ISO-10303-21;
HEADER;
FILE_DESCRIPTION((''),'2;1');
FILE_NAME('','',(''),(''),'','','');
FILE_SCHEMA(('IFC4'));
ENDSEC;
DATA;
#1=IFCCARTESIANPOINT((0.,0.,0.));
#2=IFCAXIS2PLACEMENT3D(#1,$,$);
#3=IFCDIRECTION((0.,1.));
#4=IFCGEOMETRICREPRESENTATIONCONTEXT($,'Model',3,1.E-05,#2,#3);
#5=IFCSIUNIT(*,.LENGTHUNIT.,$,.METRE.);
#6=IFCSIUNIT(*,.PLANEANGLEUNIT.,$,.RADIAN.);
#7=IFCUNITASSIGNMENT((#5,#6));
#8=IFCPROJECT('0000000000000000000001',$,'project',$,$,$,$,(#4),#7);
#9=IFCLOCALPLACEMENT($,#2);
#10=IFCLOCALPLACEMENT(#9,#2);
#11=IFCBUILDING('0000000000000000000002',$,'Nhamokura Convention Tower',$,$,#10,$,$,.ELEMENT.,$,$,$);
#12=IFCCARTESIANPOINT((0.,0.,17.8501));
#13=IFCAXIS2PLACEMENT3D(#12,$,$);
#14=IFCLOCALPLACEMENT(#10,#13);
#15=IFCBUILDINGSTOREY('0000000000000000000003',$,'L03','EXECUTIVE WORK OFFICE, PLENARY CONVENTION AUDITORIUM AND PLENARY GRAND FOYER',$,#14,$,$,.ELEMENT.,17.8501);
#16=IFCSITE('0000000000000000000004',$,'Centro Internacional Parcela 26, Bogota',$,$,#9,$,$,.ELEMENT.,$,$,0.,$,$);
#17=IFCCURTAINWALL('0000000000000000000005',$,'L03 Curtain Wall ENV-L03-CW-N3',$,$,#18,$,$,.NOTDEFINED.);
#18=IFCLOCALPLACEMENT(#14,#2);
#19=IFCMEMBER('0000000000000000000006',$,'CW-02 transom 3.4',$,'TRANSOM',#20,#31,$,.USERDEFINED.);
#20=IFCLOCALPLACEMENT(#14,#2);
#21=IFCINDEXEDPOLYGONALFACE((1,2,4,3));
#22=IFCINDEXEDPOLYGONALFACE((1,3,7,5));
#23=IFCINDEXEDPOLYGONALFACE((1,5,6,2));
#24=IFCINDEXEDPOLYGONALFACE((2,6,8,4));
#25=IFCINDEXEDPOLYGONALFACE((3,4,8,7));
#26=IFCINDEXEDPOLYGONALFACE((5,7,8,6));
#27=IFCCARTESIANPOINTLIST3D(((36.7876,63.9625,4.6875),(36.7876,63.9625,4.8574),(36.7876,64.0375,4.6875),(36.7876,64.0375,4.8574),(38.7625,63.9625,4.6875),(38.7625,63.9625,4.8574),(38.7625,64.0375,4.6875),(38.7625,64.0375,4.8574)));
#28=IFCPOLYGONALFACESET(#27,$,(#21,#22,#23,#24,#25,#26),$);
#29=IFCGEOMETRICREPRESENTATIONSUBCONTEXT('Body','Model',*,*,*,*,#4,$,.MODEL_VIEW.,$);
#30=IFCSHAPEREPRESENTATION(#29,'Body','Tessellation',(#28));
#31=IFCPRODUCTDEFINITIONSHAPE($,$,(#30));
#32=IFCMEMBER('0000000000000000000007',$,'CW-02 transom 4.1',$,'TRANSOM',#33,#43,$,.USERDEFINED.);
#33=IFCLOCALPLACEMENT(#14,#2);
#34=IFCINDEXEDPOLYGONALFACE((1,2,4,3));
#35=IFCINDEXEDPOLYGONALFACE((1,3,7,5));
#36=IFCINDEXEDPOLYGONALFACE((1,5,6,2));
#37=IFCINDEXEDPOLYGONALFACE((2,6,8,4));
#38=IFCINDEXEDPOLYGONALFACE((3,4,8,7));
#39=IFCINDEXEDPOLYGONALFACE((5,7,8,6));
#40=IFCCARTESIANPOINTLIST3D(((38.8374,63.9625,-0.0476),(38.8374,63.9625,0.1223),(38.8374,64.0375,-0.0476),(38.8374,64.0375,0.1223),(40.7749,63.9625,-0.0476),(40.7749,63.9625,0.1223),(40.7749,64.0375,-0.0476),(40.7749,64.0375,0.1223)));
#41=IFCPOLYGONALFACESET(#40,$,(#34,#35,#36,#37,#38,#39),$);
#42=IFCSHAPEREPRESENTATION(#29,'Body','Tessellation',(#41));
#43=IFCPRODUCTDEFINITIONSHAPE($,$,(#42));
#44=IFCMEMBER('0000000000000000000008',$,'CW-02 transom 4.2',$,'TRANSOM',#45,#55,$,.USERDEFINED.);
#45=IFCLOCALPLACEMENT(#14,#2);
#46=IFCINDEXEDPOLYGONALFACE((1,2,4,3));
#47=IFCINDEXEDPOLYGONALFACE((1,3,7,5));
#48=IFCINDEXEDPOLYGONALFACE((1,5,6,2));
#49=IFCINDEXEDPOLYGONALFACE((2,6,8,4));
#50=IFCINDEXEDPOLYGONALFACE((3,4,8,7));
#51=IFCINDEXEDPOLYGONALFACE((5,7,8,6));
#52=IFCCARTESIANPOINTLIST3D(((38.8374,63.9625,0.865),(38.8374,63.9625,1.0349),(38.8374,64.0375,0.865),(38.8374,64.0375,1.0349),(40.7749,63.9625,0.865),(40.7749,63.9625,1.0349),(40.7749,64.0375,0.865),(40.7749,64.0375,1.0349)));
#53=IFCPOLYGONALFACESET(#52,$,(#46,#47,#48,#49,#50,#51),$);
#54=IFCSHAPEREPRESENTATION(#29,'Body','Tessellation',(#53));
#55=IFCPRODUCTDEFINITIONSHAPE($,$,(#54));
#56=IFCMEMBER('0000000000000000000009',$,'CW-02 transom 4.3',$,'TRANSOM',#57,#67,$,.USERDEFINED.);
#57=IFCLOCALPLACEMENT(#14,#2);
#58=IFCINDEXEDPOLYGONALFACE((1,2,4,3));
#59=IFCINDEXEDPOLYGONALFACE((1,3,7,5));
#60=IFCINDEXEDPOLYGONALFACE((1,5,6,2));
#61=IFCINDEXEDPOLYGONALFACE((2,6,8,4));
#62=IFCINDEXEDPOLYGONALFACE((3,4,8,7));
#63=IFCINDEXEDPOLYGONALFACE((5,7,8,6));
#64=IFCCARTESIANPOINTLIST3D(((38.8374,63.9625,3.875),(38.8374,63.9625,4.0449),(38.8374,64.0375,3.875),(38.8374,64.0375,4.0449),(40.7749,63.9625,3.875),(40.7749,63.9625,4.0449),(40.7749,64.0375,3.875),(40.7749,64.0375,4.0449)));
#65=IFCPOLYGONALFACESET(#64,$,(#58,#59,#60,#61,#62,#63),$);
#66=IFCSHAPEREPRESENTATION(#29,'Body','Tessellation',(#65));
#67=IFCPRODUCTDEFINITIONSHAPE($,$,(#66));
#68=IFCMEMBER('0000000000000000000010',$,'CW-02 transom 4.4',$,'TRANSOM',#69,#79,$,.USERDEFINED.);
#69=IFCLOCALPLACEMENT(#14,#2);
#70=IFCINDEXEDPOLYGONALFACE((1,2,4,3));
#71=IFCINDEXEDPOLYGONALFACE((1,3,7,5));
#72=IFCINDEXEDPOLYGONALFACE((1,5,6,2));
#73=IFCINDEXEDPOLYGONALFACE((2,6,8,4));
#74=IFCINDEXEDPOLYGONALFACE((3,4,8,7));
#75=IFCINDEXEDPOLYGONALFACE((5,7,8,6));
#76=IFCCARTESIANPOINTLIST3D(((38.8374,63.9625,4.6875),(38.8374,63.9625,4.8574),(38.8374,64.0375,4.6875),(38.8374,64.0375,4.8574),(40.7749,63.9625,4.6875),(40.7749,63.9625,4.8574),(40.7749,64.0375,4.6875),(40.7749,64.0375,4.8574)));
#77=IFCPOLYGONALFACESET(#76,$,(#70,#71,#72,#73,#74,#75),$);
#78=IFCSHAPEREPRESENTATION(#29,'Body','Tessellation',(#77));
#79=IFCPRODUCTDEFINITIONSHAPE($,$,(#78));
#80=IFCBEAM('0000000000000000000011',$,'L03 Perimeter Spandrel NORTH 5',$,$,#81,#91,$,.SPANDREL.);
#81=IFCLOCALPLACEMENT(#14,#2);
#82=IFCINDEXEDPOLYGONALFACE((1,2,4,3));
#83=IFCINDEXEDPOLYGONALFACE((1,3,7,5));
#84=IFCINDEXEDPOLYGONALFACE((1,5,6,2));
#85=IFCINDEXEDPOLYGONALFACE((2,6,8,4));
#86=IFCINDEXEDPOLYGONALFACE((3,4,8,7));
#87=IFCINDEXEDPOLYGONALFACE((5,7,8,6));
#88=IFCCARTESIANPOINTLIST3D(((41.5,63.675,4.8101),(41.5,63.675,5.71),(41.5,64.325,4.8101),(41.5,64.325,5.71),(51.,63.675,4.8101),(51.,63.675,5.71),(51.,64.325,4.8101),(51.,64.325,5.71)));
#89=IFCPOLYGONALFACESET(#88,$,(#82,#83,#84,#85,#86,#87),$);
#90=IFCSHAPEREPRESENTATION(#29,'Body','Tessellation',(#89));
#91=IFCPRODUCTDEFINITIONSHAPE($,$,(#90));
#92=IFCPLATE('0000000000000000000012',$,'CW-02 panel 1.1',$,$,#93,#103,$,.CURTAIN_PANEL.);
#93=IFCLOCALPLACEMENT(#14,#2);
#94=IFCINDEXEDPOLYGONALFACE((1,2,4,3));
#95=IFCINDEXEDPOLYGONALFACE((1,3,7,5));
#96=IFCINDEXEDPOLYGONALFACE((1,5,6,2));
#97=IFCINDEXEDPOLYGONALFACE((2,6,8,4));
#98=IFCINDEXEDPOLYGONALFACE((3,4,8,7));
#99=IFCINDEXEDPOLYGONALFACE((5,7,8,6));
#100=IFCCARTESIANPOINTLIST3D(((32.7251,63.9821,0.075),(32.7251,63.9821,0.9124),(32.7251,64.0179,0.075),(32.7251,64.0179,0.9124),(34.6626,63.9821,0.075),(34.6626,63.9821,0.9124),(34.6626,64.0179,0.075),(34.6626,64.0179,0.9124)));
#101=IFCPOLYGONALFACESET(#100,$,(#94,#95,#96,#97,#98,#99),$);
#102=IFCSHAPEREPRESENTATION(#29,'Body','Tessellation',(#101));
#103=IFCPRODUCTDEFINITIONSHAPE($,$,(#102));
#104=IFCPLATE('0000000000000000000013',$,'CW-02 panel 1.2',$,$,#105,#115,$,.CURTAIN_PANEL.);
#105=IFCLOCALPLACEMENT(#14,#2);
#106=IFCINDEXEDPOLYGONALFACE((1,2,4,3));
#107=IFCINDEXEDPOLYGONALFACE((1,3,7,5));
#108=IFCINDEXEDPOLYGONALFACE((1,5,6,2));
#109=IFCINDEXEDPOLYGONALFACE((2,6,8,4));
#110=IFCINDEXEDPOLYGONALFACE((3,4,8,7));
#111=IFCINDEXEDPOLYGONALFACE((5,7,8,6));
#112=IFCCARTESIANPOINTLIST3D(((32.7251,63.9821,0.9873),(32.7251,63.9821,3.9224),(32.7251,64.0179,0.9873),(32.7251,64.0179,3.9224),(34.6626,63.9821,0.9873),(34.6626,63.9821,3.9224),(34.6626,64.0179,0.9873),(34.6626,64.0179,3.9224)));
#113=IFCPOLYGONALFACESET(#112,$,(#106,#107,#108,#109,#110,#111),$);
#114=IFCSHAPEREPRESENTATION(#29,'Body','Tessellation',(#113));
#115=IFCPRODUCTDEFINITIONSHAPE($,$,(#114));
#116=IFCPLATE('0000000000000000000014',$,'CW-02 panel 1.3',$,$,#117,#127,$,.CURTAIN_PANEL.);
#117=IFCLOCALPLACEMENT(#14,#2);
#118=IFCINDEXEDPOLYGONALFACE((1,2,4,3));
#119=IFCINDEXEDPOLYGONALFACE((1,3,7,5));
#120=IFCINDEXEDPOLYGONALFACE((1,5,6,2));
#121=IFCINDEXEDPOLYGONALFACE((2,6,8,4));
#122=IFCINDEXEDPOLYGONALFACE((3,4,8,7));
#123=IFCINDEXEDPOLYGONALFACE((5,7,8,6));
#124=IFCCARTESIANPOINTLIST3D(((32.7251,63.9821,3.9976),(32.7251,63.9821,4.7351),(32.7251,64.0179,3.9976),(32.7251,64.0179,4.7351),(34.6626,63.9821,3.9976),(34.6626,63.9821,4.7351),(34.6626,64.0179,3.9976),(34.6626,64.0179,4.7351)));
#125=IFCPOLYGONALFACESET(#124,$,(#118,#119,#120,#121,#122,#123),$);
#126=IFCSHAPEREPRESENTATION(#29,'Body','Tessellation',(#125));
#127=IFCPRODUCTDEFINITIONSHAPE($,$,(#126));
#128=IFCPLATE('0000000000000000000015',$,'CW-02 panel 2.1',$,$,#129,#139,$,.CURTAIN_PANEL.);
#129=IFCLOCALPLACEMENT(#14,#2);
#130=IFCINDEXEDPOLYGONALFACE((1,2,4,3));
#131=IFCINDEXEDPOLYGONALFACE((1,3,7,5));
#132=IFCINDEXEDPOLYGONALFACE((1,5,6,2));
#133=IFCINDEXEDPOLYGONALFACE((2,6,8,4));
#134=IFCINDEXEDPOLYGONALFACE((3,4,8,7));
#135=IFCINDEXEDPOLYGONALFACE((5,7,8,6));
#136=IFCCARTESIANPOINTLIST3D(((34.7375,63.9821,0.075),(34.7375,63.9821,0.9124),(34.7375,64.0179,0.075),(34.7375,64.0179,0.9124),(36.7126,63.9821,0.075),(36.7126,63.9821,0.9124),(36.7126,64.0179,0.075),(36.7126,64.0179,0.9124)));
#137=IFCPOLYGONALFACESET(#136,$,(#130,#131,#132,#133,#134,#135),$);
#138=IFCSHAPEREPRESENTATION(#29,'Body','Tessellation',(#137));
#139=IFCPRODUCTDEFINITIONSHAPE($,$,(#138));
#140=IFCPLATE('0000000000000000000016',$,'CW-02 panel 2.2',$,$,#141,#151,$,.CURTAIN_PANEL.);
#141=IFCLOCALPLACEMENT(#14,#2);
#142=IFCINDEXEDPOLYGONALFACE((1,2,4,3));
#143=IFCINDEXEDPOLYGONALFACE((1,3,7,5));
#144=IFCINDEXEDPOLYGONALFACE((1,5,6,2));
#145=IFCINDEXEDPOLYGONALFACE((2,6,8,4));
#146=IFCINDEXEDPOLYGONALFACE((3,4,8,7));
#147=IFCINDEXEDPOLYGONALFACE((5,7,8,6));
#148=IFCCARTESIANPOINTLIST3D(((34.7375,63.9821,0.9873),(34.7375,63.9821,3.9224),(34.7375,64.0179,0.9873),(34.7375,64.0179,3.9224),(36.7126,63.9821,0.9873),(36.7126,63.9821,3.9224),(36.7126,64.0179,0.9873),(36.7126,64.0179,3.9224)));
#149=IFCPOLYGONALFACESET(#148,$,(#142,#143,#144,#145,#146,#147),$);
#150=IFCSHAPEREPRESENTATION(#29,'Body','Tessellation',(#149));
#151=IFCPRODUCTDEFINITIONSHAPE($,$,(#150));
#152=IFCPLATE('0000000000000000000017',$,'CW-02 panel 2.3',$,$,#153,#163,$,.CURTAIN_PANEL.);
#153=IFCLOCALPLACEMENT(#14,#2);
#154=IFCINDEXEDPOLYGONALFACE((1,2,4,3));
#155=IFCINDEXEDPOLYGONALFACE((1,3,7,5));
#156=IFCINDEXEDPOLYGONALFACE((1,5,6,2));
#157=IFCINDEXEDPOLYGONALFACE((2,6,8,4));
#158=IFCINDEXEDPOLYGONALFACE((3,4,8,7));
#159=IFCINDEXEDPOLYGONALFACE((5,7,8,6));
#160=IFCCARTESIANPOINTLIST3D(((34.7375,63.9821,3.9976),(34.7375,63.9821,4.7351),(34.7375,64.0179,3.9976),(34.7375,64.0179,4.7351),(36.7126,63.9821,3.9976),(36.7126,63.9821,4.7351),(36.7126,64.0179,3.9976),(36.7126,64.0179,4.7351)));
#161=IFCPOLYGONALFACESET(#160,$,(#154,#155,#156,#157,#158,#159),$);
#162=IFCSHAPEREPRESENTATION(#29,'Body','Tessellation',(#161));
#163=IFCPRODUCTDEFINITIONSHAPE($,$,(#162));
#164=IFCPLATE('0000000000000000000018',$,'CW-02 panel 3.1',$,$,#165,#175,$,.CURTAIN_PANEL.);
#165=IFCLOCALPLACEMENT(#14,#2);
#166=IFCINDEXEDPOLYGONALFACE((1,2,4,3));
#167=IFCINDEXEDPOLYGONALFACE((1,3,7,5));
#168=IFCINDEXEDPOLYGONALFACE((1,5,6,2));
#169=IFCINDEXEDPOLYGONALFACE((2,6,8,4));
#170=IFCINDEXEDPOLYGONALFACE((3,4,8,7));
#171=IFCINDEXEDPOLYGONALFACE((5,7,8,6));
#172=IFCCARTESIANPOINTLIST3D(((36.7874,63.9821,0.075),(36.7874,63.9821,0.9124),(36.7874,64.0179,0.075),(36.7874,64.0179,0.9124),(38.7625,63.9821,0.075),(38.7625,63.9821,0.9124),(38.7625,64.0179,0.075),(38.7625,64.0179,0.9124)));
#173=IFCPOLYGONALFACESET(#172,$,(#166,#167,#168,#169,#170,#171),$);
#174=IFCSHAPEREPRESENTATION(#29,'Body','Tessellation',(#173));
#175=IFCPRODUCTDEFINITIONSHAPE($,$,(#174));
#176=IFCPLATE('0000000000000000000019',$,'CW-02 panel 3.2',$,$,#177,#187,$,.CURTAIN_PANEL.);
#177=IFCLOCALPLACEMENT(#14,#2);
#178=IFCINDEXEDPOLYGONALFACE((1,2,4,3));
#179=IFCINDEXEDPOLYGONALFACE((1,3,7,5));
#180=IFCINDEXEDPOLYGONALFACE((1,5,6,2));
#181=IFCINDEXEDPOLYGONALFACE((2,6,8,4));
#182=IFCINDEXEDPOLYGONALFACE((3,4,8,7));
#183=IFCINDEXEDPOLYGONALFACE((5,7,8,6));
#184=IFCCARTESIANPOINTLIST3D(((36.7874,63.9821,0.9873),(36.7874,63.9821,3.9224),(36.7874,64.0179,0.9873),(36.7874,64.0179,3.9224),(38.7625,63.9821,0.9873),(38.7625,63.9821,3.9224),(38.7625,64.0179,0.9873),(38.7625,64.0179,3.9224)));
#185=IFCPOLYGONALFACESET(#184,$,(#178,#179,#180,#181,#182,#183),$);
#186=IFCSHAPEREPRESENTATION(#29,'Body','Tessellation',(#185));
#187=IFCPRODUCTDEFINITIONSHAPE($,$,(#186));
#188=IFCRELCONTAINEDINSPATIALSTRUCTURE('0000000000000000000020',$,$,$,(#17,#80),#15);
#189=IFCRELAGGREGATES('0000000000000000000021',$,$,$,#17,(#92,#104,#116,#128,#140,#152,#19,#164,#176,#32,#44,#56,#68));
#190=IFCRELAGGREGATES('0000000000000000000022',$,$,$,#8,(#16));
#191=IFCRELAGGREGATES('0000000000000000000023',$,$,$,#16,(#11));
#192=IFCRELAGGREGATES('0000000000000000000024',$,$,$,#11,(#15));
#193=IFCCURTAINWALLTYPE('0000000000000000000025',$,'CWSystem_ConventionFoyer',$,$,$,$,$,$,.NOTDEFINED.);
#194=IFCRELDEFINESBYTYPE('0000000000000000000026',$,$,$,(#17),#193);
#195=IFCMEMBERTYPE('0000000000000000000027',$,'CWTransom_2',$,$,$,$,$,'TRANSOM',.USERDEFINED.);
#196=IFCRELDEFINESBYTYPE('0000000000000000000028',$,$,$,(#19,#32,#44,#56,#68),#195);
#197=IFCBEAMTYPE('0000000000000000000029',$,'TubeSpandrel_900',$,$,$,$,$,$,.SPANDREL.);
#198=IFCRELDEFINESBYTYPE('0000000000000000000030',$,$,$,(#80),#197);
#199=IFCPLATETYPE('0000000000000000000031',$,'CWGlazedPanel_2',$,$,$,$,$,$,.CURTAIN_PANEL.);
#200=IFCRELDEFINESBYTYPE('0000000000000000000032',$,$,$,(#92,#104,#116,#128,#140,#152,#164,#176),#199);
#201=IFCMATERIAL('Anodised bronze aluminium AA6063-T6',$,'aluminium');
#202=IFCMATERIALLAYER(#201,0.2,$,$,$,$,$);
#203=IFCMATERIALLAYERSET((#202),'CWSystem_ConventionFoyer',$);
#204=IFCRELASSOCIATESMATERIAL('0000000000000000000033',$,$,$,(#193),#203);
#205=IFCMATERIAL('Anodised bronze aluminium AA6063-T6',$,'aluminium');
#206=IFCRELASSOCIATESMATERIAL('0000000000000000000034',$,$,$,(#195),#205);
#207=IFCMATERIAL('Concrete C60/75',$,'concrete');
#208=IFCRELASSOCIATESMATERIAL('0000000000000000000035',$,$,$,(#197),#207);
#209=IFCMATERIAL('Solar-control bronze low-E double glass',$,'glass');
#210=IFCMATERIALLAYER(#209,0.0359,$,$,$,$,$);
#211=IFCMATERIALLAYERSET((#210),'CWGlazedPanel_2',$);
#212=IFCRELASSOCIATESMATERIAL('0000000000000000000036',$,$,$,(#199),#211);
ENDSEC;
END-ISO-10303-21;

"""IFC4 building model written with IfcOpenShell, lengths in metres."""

from ifc_helpers import new_model, si_unit, direction, frame, origin, origin_2d, place, context, subcontext, project, spatial, rectangle, extrude, material, layer, layer_set, material_profile, profile_set, type_object, element, aggregate, save


model = new_model("IFC4")

# Units and contexts
model_context = context("Model", 3, precision=1e-05, world=origin(), true_north=direction((0.0, 1.0)))
body_context = subcontext(model_context, "Body", "Model", "MODEL_VIEW")
ifc_project = project(units=[si_unit("LENGTHUNIT", "METRE"), si_unit("PLANEANGLEUNIT", "RADIAN")], contexts=[model_context])

# Site, building, storey
site_placement = place(None, origin())
site = spatial("IfcSite", under=ifc_project, at=site_placement, Name="Centro Internacional Parcela 26, Bogota", CompositionType="ELEMENT", RefElevation=0.0)
building_placement = place(site_placement, origin())
building = spatial("IfcBuilding", under=site, at=building_placement, Name="Nhamokura Convention Tower", CompositionType="ELEMENT")
storey_placement = place(building_placement, frame((0.0, 0.0, 17.8501)))
storey = spatial("IfcBuildingStorey", under=building, at=storey_placement, Name="L03", Description="EXECUTIVE WORK OFFICE, PLENARY CONVENTION AUDITORIUM AND PLENARY GRAND FOYER", CompositionType="ELEMENT", Elevation=17.8501)

# Curtain wall, members
ifc_material_1 = material(Name="Anodised bronze aluminium AA6063-T6", Category="aluminium")
ifc_layer_1 = layer(ifc_material_1, 0.2)
ifc_layer_set_1 = layer_set([ifc_layer_1], Name="CWSystem_ConventionFoyer")
curtain_wall_type = type_object("IfcCurtainWallType", Name="CWSystem_ConventionFoyer", PredefinedType="NOTDEFINED", material=ifc_layer_set_1)
curtain_wall_placement = place(storey_placement, origin())
curtain_wall = element("IfcCurtainWall", 1, at=curtain_wall_placement, inside=storey, type_object=curtain_wall_type, Name="L03 Curtain Wall ENV-L03-CW-N3", PredefinedType="NOTDEFINED")
ifc_material_2 = material(Name="Anodised bronze aluminium AA6063-T6", Category="aluminium")
ifc_material_profile_1 = material_profile(ifc_material_2, rectangle(XDim=0.075, YDim=0.1699, at=origin_2d()))
ifc_profile_set_1 = profile_set([ifc_material_profile_1], Name="Anodised bronze aluminium AA6063-T6")
member_type_1 = type_object("IfcMemberType", Name="CWTransom_2", ElementType="TRANSOM", PredefinedType="USERDEFINED", material=ifc_profile_set_1)
member_1_placement = place(storey_placement, frame((36.7876, 64.0, 4.7725), z_axis=(1.0, 0.0, 0.0), x_axis=(0.0, 1.0, 0.0)))
member_1 = element("IfcMember", 2, at=member_1_placement, type_object=member_type_1, Name="CW-02 transom 3.4", ObjectType="TRANSOM", PredefinedType="USERDEFINED", context=body_context, shape_type="SweptSolid", body=[
    extrude(rectangle(XDim=0.075, YDim=0.1699, at=origin_2d()), origin(), (0.0, 0.0, 1.0), 1.9749),
])
member_2_placement = place(storey_placement, frame((38.8374, 64.0, 0.0374), z_axis=(1.0, 0.0, 0.0), x_axis=(0.0, 1.0, 0.0)))
member_2 = element("IfcMember", 3, at=member_2_placement, type_object=member_type_1, Name="CW-02 transom 4.1", ObjectType="TRANSOM", PredefinedType="USERDEFINED", context=body_context, shape_type="SweptSolid", body=[
    extrude(rectangle(XDim=0.075, YDim=0.1699, at=origin_2d()), origin(), (0.0, 0.0, 1.0), 1.9375),
])
member_3_placement = place(storey_placement, frame((38.8374, 64.0, 0.95), z_axis=(1.0, 0.0, 0.0), x_axis=(0.0, 1.0, 0.0)))
member_3 = element("IfcMember", 4, at=member_3_placement, type_object=member_type_1, Name="CW-02 transom 4.2", ObjectType="TRANSOM", PredefinedType="USERDEFINED", context=body_context, shape_type="SweptSolid", body=[
    extrude(rectangle(XDim=0.075, YDim=0.1699, at=origin_2d()), origin(), (0.0, 0.0, 1.0), 1.9375),
])
member_4_placement = place(storey_placement, frame((38.8374, 64.0, 3.96), z_axis=(1.0, 0.0, 0.0), x_axis=(0.0, 1.0, 0.0)))
member_4 = element("IfcMember", 5, at=member_4_placement, type_object=member_type_1, Name="CW-02 transom 4.3", ObjectType="TRANSOM", PredefinedType="USERDEFINED", context=body_context, shape_type="SweptSolid", body=[
    extrude(rectangle(XDim=0.075, YDim=0.1699, at=origin_2d()), origin(), (0.0, 0.0, 1.0), 1.9375),
])
member_5_placement = place(storey_placement, frame((38.8374, 64.0, 4.7725), z_axis=(1.0, 0.0, 0.0), x_axis=(0.0, 1.0, 0.0)))
member_5 = element("IfcMember", 6, at=member_5_placement, type_object=member_type_1, Name="CW-02 transom 4.4", ObjectType="TRANSOM", PredefinedType="USERDEFINED", context=body_context, shape_type="SweptSolid", body=[
    extrude(rectangle(XDim=0.075, YDim=0.1699, at=origin_2d()), origin(), (0.0, 0.0, 1.0), 1.9375),
])

# Beam
ifc_material_3 = material(Name="Concrete C60/75", Category="concrete")
ifc_material_profile_2 = material_profile(ifc_material_3, rectangle(XDim=0.6499, YDim=0.8999, at=origin_2d()))
ifc_profile_set_2 = profile_set([ifc_material_profile_2], Name="Concrete C60/75")
beam_type = type_object("IfcBeamType", Name="TubeSpandrel_900", PredefinedType="SPANDREL", material=ifc_profile_set_2)
beam_placement = place(storey_placement, frame((41.5, 64.0, 5.26), z_axis=(1.0, 0.0, 0.0), x_axis=(0.0, 1.0, 0.0)))
element("IfcBeam", 7, at=beam_placement, inside=storey, type_object=beam_type, Name="L03 Perimeter Spandrel NORTH 5", PredefinedType="SPANDREL", context=body_context, shape_type="SweptSolid", body=[
    extrude(rectangle(XDim=0.6499, YDim=0.8999, at=origin_2d()), origin(), (0.0, 0.0, 1.0), 9.5),
])

# Plates
ifc_material_4 = material(Name="Solar-control bronze low-E double glass", Category="glass")
ifc_layer_2 = layer(ifc_material_4, 0.0359)
ifc_layer_set_2 = layer_set([ifc_layer_2], Name="CWGlazedPanel_2")
plate_type = type_object("IfcPlateType", Name="CWGlazedPanel_2", PredefinedType="CURTAIN_PANEL", material=ifc_layer_set_2)
plate_1_placement = place(storey_placement, frame((33.6938, 64.0, 0.075), z_axis=(0.0, 0.0, 1.0), x_axis=(1.0, 0.0, 0.0)))
plate_1 = element("IfcPlate", 8, at=plate_1_placement, type_object=plate_type, Name="CW-02 panel 1.1", PredefinedType="CURTAIN_PANEL", context=body_context, shape_type="SweptSolid", body=[
    extrude(rectangle(XDim=1.9375, YDim=0.0359, at=origin_2d()), origin(), (0.0, 0.0, 1.0), 0.8374),
])
plate_2_placement = place(storey_placement, frame((33.6938, 64.0, 0.9873), z_axis=(0.0, 0.0, 1.0), x_axis=(1.0, 0.0, 0.0)))
plate_2 = element("IfcPlate", 9, at=plate_2_placement, type_object=plate_type, Name="CW-02 panel 1.2", PredefinedType="CURTAIN_PANEL", context=body_context, shape_type="SweptSolid", body=[
    extrude(rectangle(XDim=1.9375, YDim=0.0359, at=origin_2d()), origin(), (0.0, 0.0, 1.0), 2.9351),
])
plate_3_placement = place(storey_placement, frame((33.6938, 64.0, 3.9976), z_axis=(0.0, 0.0, 1.0), x_axis=(1.0, 0.0, 0.0)))
plate_3 = element("IfcPlate", 10, at=plate_3_placement, type_object=plate_type, Name="CW-02 panel 1.3", PredefinedType="CURTAIN_PANEL", context=body_context, shape_type="SweptSolid", body=[
    extrude(rectangle(XDim=1.9375, YDim=0.0359, at=origin_2d()), origin(), (0.0, 0.0, 1.0), 0.7375),
])
plate_4_placement = place(storey_placement, frame((35.7251, 64.0, 0.075), z_axis=(0.0, 0.0, 1.0), x_axis=(1.0, 0.0, 0.0)))
plate_4 = element("IfcPlate", 11, at=plate_4_placement, type_object=plate_type, Name="CW-02 panel 2.1", PredefinedType="CURTAIN_PANEL", context=body_context, shape_type="SweptSolid", body=[
    extrude(rectangle(XDim=1.9751, YDim=0.0359, at=origin_2d()), origin(), (0.0, 0.0, 1.0), 0.8374),
])
plate_5_placement = place(storey_placement, frame((35.7251, 64.0, 0.9873), z_axis=(0.0, 0.0, 1.0), x_axis=(1.0, 0.0, 0.0)))
plate_5 = element("IfcPlate", 12, at=plate_5_placement, type_object=plate_type, Name="CW-02 panel 2.2", PredefinedType="CURTAIN_PANEL", context=body_context, shape_type="SweptSolid", body=[
    extrude(rectangle(XDim=1.9751, YDim=0.0359, at=origin_2d()), origin(), (0.0, 0.0, 1.0), 2.9351),
])
plate_6_placement = place(storey_placement, frame((35.7251, 64.0, 3.9976), z_axis=(0.0, 0.0, 1.0), x_axis=(1.0, 0.0, 0.0)))
plate_6 = element("IfcPlate", 13, at=plate_6_placement, type_object=plate_type, Name="CW-02 panel 2.3", PredefinedType="CURTAIN_PANEL", context=body_context, shape_type="SweptSolid", body=[
    extrude(rectangle(XDim=1.9751, YDim=0.0359, at=origin_2d()), origin(), (0.0, 0.0, 1.0), 0.7375),
])
plate_7_placement = place(storey_placement, frame((37.7749, 64.0, 0.075), z_axis=(0.0, 0.0, 1.0), x_axis=(1.0, 0.0, 0.0)))
plate_7 = element("IfcPlate", 14, at=plate_7_placement, type_object=plate_type, Name="CW-02 panel 3.1", PredefinedType="CURTAIN_PANEL", context=body_context, shape_type="SweptSolid", body=[
    extrude(rectangle(XDim=1.9751, YDim=0.0359, at=origin_2d()), origin(), (0.0, 0.0, 1.0), 0.8374),
])
plate_8_placement = place(storey_placement, frame((37.7749, 64.0, 0.9873), z_axis=(0.0, 0.0, 1.0), x_axis=(1.0, 0.0, 0.0)))
plate_8 = element("IfcPlate", 15, at=plate_8_placement, type_object=plate_type, Name="CW-02 panel 3.2", PredefinedType="CURTAIN_PANEL", context=body_context, shape_type="SweptSolid", body=[
    extrude(rectangle(XDim=1.9751, YDim=0.0359, at=origin_2d()), origin(), (0.0, 0.0, 1.0), 2.9351),
])
aggregate(curtain_wall, [plate_1, plate_2, plate_3, plate_4, plate_5, plate_6, member_1, plate_7, plate_8, member_2, member_3, member_4, member_5])

save(model, "model.ifc")
